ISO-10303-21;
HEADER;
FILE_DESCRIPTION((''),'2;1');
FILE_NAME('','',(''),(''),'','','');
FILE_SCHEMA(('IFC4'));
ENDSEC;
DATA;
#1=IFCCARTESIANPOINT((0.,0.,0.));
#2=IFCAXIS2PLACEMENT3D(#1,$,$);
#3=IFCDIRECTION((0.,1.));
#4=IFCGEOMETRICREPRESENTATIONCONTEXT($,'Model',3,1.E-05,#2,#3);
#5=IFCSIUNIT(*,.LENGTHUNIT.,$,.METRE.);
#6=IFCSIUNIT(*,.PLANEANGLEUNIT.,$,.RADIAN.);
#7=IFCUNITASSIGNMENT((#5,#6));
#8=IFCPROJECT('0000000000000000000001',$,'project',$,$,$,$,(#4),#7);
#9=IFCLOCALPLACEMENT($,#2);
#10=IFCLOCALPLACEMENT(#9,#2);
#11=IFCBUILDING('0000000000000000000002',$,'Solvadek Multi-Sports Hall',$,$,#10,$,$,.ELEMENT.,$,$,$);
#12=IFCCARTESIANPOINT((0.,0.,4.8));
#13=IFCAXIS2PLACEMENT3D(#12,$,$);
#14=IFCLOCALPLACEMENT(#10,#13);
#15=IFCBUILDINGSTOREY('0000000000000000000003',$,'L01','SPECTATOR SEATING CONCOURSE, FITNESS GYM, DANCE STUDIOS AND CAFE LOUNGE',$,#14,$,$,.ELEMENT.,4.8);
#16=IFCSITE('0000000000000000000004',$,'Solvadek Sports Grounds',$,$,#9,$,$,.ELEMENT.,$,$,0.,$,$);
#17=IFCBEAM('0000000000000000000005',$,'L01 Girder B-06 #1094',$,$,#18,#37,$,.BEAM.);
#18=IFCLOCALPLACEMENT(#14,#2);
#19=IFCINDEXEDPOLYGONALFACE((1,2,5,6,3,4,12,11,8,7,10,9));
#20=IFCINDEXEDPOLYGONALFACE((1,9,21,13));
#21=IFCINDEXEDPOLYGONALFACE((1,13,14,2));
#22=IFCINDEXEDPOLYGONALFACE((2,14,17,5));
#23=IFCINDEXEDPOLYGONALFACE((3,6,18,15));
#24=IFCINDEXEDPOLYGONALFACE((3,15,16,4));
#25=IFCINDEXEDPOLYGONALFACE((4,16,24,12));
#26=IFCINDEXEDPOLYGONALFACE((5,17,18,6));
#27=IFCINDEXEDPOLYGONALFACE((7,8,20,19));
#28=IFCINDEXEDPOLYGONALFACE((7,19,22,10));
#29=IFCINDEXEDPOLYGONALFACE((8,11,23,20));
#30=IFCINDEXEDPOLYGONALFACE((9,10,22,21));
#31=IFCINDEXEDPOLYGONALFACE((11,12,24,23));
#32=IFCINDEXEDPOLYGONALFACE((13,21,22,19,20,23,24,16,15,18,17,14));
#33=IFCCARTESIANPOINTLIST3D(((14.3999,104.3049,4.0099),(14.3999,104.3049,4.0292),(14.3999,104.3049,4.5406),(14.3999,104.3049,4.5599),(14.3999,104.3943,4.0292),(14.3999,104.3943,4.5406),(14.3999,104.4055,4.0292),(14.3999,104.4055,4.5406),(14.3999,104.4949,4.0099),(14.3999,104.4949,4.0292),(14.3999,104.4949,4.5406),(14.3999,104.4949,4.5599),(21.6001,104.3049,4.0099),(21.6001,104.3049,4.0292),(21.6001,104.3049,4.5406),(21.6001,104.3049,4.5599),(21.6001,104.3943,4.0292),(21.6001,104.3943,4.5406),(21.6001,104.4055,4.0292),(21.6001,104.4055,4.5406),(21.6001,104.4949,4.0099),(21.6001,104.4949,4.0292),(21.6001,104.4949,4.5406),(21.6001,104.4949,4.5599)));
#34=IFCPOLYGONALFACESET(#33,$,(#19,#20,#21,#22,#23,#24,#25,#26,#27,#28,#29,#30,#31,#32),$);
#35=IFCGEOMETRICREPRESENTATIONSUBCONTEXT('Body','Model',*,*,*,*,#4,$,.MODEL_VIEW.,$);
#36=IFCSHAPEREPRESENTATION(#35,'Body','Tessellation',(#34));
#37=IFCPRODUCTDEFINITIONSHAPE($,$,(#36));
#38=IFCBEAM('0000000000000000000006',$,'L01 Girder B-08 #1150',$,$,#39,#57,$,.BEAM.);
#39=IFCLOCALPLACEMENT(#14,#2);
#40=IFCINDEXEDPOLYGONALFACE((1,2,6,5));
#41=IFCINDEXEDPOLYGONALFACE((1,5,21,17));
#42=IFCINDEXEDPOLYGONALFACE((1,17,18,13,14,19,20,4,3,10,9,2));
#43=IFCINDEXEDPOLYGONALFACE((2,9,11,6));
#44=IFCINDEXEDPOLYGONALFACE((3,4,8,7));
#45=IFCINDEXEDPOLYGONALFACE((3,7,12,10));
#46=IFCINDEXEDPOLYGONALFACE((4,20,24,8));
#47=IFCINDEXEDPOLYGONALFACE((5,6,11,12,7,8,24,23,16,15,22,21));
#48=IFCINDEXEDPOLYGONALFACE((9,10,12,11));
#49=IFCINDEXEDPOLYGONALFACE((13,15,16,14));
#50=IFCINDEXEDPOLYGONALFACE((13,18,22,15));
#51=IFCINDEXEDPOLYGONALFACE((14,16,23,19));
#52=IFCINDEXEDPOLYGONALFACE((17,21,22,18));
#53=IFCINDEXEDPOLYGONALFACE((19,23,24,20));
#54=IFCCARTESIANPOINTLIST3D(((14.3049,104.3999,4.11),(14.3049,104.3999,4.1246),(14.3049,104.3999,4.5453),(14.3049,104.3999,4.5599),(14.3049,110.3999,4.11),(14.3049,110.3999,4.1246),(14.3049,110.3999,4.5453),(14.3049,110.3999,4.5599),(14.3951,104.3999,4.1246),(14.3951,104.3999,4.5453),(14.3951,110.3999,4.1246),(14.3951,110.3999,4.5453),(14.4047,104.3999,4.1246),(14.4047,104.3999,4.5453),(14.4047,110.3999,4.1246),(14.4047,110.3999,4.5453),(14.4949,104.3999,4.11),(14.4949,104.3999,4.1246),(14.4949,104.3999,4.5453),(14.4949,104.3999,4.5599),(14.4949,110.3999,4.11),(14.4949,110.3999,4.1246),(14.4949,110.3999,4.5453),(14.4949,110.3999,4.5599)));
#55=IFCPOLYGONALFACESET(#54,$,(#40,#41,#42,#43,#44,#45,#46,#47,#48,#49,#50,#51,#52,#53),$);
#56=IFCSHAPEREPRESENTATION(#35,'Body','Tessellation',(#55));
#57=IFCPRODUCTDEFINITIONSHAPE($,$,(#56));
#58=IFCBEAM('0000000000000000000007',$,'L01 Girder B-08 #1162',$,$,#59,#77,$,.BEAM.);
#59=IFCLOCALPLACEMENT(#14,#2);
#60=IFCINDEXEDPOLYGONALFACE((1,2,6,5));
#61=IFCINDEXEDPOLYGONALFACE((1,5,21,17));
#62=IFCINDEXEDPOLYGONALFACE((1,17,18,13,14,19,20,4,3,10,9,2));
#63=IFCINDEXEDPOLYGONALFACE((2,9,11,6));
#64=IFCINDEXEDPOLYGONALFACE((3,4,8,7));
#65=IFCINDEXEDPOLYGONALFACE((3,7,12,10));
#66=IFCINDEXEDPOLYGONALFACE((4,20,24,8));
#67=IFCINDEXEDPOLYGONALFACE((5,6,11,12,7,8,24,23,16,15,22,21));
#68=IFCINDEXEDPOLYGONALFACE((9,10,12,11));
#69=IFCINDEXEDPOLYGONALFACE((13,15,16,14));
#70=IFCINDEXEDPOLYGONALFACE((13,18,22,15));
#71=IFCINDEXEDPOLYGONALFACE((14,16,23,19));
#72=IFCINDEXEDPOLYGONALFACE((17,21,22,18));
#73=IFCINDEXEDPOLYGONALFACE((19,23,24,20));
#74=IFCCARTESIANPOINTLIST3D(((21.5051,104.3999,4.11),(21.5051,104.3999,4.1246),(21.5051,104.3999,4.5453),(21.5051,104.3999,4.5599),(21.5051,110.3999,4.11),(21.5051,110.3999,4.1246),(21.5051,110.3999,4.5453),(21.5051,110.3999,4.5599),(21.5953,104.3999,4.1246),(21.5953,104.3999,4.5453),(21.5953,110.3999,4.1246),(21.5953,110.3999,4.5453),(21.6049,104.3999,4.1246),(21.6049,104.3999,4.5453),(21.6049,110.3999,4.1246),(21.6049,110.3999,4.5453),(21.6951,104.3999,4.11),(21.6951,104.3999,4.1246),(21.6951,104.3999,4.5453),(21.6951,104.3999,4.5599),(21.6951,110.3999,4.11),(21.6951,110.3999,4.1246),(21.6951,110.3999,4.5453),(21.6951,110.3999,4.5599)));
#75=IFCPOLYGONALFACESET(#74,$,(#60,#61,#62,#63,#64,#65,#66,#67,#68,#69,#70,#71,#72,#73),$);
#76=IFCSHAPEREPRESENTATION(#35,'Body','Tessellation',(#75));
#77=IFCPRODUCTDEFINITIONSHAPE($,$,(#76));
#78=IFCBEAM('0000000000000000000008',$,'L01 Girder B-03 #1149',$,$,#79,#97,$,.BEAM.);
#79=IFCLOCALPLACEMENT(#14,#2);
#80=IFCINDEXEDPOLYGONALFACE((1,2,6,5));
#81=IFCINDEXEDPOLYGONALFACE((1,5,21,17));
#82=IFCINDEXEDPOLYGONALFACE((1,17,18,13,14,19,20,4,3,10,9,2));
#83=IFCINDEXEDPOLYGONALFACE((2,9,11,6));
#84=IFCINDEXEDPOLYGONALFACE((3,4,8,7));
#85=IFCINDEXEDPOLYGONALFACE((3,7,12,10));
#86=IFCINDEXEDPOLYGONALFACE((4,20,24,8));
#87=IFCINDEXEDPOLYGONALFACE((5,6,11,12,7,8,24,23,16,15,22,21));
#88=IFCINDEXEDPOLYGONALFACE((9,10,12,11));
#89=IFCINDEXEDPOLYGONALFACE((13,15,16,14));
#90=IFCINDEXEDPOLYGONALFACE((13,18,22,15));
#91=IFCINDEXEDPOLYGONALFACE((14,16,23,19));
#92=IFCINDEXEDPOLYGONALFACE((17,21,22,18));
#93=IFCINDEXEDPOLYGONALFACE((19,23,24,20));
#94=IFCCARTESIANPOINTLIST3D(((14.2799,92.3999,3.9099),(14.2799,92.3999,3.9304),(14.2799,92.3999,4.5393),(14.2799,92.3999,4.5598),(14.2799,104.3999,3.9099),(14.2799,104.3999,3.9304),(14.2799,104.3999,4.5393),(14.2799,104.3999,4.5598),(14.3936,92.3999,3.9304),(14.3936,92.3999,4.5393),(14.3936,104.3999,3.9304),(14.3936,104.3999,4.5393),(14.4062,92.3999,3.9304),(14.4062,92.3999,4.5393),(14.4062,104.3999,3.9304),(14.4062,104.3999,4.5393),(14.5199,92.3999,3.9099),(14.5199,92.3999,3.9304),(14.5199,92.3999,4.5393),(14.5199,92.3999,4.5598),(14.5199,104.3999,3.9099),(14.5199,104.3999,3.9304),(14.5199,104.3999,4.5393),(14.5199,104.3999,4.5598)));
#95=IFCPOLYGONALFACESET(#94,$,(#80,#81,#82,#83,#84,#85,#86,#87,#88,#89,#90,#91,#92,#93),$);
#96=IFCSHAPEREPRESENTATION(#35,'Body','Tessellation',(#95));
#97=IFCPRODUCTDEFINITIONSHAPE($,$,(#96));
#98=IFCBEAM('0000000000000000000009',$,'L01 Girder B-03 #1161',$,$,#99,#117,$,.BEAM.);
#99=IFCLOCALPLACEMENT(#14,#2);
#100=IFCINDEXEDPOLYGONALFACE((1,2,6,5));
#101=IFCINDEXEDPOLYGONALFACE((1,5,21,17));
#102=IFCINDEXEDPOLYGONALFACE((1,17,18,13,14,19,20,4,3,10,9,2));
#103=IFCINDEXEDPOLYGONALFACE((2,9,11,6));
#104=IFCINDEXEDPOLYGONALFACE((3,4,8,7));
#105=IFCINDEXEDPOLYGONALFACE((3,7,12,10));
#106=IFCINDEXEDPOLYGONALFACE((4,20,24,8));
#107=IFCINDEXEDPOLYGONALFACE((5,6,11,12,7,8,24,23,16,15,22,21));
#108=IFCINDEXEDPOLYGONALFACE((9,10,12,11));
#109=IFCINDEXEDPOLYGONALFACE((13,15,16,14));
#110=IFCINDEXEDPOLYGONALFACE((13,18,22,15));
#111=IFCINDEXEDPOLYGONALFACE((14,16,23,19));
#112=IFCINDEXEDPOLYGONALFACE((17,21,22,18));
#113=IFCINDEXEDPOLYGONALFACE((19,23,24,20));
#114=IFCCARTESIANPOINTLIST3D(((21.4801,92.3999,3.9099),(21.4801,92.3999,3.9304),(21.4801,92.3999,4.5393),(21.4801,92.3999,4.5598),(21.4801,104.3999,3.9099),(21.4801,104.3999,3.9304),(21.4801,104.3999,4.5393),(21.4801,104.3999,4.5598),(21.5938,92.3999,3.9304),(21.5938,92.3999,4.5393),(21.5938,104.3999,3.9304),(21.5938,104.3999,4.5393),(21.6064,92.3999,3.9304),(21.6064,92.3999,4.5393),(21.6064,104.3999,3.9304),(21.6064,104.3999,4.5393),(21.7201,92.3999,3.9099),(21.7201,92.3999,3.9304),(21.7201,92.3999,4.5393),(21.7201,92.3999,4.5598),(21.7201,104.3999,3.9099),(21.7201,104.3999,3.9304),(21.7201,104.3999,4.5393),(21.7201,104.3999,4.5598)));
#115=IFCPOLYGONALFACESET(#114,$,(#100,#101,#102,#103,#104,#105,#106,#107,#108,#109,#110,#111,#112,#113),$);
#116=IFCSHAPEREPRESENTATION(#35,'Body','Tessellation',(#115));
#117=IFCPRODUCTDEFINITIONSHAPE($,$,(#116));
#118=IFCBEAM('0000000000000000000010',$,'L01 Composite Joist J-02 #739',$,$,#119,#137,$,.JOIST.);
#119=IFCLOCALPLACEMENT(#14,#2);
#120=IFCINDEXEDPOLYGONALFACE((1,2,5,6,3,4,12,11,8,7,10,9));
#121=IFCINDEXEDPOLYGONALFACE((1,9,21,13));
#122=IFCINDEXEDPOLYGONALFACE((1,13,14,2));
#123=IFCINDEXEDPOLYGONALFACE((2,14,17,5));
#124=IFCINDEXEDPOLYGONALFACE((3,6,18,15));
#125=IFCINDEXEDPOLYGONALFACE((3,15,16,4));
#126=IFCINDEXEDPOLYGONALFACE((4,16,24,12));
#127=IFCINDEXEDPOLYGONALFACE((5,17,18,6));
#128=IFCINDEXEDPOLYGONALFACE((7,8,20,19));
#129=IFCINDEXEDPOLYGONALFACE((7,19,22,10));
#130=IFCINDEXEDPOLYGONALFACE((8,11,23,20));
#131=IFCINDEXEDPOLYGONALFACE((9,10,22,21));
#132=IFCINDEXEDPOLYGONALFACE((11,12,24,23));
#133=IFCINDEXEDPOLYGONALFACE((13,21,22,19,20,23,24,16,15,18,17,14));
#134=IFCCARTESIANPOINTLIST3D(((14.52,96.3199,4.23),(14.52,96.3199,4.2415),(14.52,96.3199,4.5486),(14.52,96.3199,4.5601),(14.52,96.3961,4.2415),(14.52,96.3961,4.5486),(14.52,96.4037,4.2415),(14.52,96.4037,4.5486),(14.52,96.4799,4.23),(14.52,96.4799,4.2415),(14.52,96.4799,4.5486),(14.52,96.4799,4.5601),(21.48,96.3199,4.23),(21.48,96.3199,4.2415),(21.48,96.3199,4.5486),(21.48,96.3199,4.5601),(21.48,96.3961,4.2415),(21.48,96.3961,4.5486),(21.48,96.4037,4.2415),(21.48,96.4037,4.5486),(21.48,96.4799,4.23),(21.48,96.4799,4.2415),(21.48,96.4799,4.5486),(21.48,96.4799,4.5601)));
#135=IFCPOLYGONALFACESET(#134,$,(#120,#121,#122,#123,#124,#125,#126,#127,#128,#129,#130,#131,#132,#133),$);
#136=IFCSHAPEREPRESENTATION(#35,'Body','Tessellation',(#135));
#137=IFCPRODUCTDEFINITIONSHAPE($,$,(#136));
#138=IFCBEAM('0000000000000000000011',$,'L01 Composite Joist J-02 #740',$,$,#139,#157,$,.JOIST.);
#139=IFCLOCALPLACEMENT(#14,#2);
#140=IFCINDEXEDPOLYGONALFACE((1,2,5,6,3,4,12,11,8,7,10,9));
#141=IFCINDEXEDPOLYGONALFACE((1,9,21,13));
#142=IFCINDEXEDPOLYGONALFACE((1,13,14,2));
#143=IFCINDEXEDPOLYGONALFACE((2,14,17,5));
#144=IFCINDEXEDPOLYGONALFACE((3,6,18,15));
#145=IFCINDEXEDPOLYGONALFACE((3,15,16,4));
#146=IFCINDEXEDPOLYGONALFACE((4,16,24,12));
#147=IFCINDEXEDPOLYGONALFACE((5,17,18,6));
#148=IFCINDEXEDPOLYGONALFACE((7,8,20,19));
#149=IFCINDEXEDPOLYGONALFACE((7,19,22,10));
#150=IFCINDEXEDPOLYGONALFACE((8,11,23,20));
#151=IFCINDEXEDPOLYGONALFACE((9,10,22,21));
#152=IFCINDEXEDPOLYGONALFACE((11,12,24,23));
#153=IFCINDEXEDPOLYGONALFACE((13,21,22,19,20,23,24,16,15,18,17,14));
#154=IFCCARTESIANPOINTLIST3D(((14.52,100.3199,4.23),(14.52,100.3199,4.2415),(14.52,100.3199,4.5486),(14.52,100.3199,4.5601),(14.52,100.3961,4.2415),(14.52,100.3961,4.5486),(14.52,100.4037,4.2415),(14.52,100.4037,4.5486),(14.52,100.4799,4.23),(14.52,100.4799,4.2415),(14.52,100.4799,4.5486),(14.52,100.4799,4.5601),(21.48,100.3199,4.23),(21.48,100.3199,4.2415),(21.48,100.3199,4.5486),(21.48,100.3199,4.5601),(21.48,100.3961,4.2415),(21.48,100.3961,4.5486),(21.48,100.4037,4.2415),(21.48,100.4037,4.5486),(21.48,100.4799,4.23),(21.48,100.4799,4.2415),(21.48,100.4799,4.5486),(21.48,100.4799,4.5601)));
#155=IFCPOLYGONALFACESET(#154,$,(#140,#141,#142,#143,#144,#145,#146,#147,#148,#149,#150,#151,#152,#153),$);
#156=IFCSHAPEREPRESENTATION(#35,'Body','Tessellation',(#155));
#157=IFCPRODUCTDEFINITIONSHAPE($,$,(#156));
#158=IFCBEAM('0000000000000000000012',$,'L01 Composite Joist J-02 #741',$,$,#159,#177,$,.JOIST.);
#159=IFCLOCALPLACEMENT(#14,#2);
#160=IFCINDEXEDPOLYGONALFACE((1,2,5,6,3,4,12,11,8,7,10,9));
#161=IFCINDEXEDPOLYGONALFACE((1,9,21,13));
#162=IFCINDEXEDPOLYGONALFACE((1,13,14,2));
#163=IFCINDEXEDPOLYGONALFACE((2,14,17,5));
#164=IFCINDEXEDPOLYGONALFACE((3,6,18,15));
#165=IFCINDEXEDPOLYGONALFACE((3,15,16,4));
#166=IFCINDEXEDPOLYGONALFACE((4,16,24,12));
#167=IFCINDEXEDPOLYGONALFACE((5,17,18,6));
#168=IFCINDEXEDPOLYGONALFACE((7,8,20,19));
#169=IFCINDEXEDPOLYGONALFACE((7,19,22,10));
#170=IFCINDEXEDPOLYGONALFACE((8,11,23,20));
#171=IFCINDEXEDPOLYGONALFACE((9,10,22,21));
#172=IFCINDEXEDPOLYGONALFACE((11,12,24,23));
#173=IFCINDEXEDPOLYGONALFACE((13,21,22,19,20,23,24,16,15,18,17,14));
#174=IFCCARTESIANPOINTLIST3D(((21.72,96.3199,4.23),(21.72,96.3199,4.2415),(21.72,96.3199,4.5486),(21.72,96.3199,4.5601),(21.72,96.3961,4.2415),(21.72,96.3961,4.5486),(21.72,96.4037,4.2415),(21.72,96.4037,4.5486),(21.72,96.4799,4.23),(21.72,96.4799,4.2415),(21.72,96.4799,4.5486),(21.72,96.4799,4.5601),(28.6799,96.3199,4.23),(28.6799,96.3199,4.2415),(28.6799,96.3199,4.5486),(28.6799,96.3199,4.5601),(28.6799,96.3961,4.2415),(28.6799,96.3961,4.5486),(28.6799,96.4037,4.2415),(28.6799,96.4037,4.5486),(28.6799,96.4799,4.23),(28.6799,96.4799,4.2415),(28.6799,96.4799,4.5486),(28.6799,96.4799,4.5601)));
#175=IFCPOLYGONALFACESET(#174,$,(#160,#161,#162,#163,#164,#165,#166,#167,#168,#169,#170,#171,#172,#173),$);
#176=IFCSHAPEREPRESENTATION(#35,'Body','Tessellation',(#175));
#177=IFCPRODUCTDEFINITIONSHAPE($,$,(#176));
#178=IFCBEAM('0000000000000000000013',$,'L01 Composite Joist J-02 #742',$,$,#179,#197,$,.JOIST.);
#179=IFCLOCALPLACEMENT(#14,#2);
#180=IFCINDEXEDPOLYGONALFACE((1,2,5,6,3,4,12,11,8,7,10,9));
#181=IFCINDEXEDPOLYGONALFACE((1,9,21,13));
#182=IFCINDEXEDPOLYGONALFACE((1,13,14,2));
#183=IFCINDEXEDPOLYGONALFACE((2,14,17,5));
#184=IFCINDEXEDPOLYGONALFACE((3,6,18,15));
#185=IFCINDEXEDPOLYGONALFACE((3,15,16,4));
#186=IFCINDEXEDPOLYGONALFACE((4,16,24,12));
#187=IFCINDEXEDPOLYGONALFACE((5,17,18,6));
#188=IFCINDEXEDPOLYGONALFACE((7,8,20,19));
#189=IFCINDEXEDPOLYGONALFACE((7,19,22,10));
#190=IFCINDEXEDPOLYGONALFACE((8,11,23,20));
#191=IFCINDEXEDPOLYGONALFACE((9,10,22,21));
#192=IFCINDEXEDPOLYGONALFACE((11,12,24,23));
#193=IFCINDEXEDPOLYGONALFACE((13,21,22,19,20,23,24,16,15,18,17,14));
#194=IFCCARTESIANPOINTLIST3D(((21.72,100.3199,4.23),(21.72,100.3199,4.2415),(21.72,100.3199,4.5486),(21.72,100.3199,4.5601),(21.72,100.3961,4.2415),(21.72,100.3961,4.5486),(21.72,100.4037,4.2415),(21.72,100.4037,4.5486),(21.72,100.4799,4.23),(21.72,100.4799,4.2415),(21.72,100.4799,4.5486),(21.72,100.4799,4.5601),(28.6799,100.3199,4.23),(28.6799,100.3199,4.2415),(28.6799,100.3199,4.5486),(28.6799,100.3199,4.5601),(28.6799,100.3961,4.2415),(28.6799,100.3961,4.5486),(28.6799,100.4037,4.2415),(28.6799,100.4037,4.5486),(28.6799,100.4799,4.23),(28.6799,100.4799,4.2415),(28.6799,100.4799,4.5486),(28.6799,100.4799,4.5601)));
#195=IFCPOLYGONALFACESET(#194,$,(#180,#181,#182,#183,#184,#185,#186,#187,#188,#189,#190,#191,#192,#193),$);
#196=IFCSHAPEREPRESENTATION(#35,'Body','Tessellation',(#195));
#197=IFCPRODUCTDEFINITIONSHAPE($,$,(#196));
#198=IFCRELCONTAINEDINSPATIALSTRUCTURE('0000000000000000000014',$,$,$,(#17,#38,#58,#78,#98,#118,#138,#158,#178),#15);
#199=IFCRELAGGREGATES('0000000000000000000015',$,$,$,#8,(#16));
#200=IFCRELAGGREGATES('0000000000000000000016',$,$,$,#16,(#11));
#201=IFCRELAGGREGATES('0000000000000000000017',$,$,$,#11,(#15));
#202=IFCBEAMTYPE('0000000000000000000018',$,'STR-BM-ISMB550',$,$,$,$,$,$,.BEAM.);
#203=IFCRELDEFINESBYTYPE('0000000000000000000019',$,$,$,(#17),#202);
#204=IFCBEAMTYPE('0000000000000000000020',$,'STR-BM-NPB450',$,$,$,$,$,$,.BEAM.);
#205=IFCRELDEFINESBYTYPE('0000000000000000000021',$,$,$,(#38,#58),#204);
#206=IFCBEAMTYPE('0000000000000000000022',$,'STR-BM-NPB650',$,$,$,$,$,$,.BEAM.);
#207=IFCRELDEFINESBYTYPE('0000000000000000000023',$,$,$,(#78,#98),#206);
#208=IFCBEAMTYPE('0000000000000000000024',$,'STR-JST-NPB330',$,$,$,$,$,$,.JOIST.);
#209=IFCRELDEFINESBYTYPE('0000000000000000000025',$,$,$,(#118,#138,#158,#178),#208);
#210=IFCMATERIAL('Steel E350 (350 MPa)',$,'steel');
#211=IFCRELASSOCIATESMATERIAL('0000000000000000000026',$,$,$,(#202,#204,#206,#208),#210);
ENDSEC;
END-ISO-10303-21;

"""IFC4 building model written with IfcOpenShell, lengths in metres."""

from ifc_helpers import new_model, si_unit, direction, frame, origin, origin_2d, place, context, subcontext, project, spatial, i_section, extrude, material, material_profile, profile_set, type_object, element, save


model = new_model("IFC4")

# Units and contexts
model_context = context("Model", 3, precision=1e-05, world=origin(), true_north=direction((0.0, 1.0)))
body_context = subcontext(model_context, "Body", "Model", "MODEL_VIEW")
ifc_project = project(units=[si_unit("LENGTHUNIT", "METRE"), si_unit("PLANEANGLEUNIT", "RADIAN")], contexts=[model_context])

# Site, building, storey
site_placement = place(None, origin())
site = spatial("IfcSite", under=ifc_project, at=site_placement, Name="Solvadek Sports Grounds", CompositionType="ELEMENT", RefElevation=0.0)
building_placement = place(site_placement, origin())
building = spatial("IfcBuilding", under=site, at=building_placement, Name="Solvadek Multi-Sports Hall", CompositionType="ELEMENT")
storey_placement = place(building_placement, frame((0.0, 0.0, 4.8)))
storey = spatial("IfcBuildingStorey", under=building, at=storey_placement, Name="L01", Description="SPECTATOR SEATING CONCOURSE, FITNESS GYM, DANCE STUDIOS AND CAFE LOUNGE", CompositionType="ELEMENT", Elevation=4.8)

# Shared definitions
ifc_material_1 = material(Name="Steel E350 (350 MPa)", Category="steel")

# Beams
ifc_material_profile_1 = material_profile(ifc_material_1, i_section(OverallWidth=0.1899, OverallDepth=0.55, WebThickness=0.0112, FlangeThickness=0.0193, at=origin_2d()), Name="ISMB 550")
ifc_profile_set_1 = profile_set([ifc_material_profile_1], Name="Steel E350 (350 MPa)")
beam_type_1 = type_object("IfcBeamType", Name="STR-BM-ISMB550", PredefinedType="BEAM", material=ifc_profile_set_1)
for number, where, z_axis, x_axis, name in (
    (1, (14.3999, 104.3999, 4.2849), (1.0, 0.0, 0.0), (0.0, 1.0, 0.0), "L01 Girder B-06 #1094"),
):
    element("IfcBeam", number, at=place(storey_placement, frame(where, z_axis=z_axis, x_axis=x_axis)), inside=storey, type_object=beam_type_1, Name=name, PredefinedType="BEAM", context=body_context, shape_type="SweptSolid", body=[
        extrude(i_section(OverallWidth=0.1899, OverallDepth=0.55, WebThickness=0.0112, FlangeThickness=0.0193, at=origin_2d()), origin(), (0.0, 0.0, 1.0), 7.2002),
    ])
ifc_material_profile_2 = material_profile(ifc_material_1, i_section(OverallWidth=0.1899, OverallDepth=0.45, WebThickness=0.0095, FlangeThickness=0.0146, at=origin_2d()), Name="NPB 450")
ifc_profile_set_2 = profile_set([ifc_material_profile_2], Name="Steel E350 (350 MPa)")
beam_type_2 = type_object("IfcBeamType", Name="STR-BM-NPB450", PredefinedType="BEAM", material=ifc_profile_set_2)
for number, where, z_axis, x_axis, name in (
    (2, (14.3999, 104.3999, 4.335), (0.0, 1.0, 0.0), (-1.0, 0.0, 0.0), "L01 Girder B-08 #1150"),
    (3, (21.6001, 104.3999, 4.335), (0.0, 1.0, 0.0), (-1.0, 0.0, 0.0), "L01 Girder B-08 #1162"),
):
    element("IfcBeam", number, at=place(storey_placement, frame(where, z_axis=z_axis, x_axis=x_axis)), inside=storey, type_object=beam_type_2, Name=name, PredefinedType="BEAM", context=body_context, shape_type="SweptSolid", body=[
        extrude(i_section(OverallWidth=0.1899, OverallDepth=0.45, WebThickness=0.0095, FlangeThickness=0.0146, at=origin_2d()), origin(), (0.0, 0.0, 1.0), 6.0),
    ])
ifc_material_profile_3 = material_profile(ifc_material_1, i_section(OverallWidth=0.24, OverallDepth=0.6499, WebThickness=0.0127, FlangeThickness=0.0205, at=origin_2d()), Name="NPB 650")
ifc_profile_set_3 = profile_set([ifc_material_profile_3], Name="Steel E350 (350 MPa)")
beam_type_3 = type_object("IfcBeamType", Name="STR-BM-NPB650", PredefinedType="BEAM", material=ifc_profile_set_3)
for number, where, z_axis, x_axis, name in (
    (4, (14.3999, 92.3999, 4.2349), (0.0, 1.0, 0.0), (-1.0, 0.0, 0.0), "L01 Girder B-03 #1149"),
    (5, (21.6001, 92.3999, 4.2349), (0.0, 1.0, 0.0), (-1.0, 0.0, 0.0), "L01 Girder B-03 #1161"),
):
    element("IfcBeam", number, at=place(storey_placement, frame(where, z_axis=z_axis, x_axis=x_axis)), inside=storey, type_object=beam_type_3, Name=name, PredefinedType="BEAM", context=body_context, shape_type="SweptSolid", body=[
        extrude(i_section(OverallWidth=0.24, OverallDepth=0.6499, WebThickness=0.0127, FlangeThickness=0.0205, at=origin_2d()), origin(), (0.0, 0.0, 1.0), 12.0),
    ])
ifc_material_profile_4 = material_profile(ifc_material_1, i_section(OverallWidth=0.1599, OverallDepth=0.3301, WebThickness=0.0076, FlangeThickness=0.0115, at=origin_2d()), Name="NPB 330")
ifc_profile_set_4 = profile_set([ifc_material_profile_4], Name="Steel E350 (350 MPa)")
beam_type_4 = type_object("IfcBeamType", Name="STR-JST-NPB330", PredefinedType="JOIST", material=ifc_profile_set_4)
for number, where, z_axis, x_axis, name in (
    (6, (14.52, 96.3999, 4.395), (1.0, 0.0, 0.0), (0.0, 1.0, 0.0), "L01 Composite Joist J-02 #739"),
    (7, (14.52, 100.3999, 4.395), (1.0, 0.0, 0.0), (0.0, 1.0, 0.0), "L01 Composite Joist J-02 #740"),
    (8, (21.72, 96.3999, 4.395), (1.0, 0.0, 0.0), (0.0, 1.0, 0.0), "L01 Composite Joist J-02 #741"),
    (9, (21.72, 100.3999, 4.395), (1.0, 0.0, 0.0), (0.0, 1.0, 0.0), "L01 Composite Joist J-02 #742"),
):
    element("IfcBeam", number, at=place(storey_placement, frame(where, z_axis=z_axis, x_axis=x_axis)), inside=storey, type_object=beam_type_4, Name=name, PredefinedType="JOIST", context=body_context, shape_type="SweptSolid", body=[
        extrude(i_section(OverallWidth=0.1599, OverallDepth=0.3301, WebThickness=0.0076, FlangeThickness=0.0115, at=origin_2d()), origin(), (0.0, 0.0, 1.0), 6.96),
    ])

save(model, "model.ifc")
